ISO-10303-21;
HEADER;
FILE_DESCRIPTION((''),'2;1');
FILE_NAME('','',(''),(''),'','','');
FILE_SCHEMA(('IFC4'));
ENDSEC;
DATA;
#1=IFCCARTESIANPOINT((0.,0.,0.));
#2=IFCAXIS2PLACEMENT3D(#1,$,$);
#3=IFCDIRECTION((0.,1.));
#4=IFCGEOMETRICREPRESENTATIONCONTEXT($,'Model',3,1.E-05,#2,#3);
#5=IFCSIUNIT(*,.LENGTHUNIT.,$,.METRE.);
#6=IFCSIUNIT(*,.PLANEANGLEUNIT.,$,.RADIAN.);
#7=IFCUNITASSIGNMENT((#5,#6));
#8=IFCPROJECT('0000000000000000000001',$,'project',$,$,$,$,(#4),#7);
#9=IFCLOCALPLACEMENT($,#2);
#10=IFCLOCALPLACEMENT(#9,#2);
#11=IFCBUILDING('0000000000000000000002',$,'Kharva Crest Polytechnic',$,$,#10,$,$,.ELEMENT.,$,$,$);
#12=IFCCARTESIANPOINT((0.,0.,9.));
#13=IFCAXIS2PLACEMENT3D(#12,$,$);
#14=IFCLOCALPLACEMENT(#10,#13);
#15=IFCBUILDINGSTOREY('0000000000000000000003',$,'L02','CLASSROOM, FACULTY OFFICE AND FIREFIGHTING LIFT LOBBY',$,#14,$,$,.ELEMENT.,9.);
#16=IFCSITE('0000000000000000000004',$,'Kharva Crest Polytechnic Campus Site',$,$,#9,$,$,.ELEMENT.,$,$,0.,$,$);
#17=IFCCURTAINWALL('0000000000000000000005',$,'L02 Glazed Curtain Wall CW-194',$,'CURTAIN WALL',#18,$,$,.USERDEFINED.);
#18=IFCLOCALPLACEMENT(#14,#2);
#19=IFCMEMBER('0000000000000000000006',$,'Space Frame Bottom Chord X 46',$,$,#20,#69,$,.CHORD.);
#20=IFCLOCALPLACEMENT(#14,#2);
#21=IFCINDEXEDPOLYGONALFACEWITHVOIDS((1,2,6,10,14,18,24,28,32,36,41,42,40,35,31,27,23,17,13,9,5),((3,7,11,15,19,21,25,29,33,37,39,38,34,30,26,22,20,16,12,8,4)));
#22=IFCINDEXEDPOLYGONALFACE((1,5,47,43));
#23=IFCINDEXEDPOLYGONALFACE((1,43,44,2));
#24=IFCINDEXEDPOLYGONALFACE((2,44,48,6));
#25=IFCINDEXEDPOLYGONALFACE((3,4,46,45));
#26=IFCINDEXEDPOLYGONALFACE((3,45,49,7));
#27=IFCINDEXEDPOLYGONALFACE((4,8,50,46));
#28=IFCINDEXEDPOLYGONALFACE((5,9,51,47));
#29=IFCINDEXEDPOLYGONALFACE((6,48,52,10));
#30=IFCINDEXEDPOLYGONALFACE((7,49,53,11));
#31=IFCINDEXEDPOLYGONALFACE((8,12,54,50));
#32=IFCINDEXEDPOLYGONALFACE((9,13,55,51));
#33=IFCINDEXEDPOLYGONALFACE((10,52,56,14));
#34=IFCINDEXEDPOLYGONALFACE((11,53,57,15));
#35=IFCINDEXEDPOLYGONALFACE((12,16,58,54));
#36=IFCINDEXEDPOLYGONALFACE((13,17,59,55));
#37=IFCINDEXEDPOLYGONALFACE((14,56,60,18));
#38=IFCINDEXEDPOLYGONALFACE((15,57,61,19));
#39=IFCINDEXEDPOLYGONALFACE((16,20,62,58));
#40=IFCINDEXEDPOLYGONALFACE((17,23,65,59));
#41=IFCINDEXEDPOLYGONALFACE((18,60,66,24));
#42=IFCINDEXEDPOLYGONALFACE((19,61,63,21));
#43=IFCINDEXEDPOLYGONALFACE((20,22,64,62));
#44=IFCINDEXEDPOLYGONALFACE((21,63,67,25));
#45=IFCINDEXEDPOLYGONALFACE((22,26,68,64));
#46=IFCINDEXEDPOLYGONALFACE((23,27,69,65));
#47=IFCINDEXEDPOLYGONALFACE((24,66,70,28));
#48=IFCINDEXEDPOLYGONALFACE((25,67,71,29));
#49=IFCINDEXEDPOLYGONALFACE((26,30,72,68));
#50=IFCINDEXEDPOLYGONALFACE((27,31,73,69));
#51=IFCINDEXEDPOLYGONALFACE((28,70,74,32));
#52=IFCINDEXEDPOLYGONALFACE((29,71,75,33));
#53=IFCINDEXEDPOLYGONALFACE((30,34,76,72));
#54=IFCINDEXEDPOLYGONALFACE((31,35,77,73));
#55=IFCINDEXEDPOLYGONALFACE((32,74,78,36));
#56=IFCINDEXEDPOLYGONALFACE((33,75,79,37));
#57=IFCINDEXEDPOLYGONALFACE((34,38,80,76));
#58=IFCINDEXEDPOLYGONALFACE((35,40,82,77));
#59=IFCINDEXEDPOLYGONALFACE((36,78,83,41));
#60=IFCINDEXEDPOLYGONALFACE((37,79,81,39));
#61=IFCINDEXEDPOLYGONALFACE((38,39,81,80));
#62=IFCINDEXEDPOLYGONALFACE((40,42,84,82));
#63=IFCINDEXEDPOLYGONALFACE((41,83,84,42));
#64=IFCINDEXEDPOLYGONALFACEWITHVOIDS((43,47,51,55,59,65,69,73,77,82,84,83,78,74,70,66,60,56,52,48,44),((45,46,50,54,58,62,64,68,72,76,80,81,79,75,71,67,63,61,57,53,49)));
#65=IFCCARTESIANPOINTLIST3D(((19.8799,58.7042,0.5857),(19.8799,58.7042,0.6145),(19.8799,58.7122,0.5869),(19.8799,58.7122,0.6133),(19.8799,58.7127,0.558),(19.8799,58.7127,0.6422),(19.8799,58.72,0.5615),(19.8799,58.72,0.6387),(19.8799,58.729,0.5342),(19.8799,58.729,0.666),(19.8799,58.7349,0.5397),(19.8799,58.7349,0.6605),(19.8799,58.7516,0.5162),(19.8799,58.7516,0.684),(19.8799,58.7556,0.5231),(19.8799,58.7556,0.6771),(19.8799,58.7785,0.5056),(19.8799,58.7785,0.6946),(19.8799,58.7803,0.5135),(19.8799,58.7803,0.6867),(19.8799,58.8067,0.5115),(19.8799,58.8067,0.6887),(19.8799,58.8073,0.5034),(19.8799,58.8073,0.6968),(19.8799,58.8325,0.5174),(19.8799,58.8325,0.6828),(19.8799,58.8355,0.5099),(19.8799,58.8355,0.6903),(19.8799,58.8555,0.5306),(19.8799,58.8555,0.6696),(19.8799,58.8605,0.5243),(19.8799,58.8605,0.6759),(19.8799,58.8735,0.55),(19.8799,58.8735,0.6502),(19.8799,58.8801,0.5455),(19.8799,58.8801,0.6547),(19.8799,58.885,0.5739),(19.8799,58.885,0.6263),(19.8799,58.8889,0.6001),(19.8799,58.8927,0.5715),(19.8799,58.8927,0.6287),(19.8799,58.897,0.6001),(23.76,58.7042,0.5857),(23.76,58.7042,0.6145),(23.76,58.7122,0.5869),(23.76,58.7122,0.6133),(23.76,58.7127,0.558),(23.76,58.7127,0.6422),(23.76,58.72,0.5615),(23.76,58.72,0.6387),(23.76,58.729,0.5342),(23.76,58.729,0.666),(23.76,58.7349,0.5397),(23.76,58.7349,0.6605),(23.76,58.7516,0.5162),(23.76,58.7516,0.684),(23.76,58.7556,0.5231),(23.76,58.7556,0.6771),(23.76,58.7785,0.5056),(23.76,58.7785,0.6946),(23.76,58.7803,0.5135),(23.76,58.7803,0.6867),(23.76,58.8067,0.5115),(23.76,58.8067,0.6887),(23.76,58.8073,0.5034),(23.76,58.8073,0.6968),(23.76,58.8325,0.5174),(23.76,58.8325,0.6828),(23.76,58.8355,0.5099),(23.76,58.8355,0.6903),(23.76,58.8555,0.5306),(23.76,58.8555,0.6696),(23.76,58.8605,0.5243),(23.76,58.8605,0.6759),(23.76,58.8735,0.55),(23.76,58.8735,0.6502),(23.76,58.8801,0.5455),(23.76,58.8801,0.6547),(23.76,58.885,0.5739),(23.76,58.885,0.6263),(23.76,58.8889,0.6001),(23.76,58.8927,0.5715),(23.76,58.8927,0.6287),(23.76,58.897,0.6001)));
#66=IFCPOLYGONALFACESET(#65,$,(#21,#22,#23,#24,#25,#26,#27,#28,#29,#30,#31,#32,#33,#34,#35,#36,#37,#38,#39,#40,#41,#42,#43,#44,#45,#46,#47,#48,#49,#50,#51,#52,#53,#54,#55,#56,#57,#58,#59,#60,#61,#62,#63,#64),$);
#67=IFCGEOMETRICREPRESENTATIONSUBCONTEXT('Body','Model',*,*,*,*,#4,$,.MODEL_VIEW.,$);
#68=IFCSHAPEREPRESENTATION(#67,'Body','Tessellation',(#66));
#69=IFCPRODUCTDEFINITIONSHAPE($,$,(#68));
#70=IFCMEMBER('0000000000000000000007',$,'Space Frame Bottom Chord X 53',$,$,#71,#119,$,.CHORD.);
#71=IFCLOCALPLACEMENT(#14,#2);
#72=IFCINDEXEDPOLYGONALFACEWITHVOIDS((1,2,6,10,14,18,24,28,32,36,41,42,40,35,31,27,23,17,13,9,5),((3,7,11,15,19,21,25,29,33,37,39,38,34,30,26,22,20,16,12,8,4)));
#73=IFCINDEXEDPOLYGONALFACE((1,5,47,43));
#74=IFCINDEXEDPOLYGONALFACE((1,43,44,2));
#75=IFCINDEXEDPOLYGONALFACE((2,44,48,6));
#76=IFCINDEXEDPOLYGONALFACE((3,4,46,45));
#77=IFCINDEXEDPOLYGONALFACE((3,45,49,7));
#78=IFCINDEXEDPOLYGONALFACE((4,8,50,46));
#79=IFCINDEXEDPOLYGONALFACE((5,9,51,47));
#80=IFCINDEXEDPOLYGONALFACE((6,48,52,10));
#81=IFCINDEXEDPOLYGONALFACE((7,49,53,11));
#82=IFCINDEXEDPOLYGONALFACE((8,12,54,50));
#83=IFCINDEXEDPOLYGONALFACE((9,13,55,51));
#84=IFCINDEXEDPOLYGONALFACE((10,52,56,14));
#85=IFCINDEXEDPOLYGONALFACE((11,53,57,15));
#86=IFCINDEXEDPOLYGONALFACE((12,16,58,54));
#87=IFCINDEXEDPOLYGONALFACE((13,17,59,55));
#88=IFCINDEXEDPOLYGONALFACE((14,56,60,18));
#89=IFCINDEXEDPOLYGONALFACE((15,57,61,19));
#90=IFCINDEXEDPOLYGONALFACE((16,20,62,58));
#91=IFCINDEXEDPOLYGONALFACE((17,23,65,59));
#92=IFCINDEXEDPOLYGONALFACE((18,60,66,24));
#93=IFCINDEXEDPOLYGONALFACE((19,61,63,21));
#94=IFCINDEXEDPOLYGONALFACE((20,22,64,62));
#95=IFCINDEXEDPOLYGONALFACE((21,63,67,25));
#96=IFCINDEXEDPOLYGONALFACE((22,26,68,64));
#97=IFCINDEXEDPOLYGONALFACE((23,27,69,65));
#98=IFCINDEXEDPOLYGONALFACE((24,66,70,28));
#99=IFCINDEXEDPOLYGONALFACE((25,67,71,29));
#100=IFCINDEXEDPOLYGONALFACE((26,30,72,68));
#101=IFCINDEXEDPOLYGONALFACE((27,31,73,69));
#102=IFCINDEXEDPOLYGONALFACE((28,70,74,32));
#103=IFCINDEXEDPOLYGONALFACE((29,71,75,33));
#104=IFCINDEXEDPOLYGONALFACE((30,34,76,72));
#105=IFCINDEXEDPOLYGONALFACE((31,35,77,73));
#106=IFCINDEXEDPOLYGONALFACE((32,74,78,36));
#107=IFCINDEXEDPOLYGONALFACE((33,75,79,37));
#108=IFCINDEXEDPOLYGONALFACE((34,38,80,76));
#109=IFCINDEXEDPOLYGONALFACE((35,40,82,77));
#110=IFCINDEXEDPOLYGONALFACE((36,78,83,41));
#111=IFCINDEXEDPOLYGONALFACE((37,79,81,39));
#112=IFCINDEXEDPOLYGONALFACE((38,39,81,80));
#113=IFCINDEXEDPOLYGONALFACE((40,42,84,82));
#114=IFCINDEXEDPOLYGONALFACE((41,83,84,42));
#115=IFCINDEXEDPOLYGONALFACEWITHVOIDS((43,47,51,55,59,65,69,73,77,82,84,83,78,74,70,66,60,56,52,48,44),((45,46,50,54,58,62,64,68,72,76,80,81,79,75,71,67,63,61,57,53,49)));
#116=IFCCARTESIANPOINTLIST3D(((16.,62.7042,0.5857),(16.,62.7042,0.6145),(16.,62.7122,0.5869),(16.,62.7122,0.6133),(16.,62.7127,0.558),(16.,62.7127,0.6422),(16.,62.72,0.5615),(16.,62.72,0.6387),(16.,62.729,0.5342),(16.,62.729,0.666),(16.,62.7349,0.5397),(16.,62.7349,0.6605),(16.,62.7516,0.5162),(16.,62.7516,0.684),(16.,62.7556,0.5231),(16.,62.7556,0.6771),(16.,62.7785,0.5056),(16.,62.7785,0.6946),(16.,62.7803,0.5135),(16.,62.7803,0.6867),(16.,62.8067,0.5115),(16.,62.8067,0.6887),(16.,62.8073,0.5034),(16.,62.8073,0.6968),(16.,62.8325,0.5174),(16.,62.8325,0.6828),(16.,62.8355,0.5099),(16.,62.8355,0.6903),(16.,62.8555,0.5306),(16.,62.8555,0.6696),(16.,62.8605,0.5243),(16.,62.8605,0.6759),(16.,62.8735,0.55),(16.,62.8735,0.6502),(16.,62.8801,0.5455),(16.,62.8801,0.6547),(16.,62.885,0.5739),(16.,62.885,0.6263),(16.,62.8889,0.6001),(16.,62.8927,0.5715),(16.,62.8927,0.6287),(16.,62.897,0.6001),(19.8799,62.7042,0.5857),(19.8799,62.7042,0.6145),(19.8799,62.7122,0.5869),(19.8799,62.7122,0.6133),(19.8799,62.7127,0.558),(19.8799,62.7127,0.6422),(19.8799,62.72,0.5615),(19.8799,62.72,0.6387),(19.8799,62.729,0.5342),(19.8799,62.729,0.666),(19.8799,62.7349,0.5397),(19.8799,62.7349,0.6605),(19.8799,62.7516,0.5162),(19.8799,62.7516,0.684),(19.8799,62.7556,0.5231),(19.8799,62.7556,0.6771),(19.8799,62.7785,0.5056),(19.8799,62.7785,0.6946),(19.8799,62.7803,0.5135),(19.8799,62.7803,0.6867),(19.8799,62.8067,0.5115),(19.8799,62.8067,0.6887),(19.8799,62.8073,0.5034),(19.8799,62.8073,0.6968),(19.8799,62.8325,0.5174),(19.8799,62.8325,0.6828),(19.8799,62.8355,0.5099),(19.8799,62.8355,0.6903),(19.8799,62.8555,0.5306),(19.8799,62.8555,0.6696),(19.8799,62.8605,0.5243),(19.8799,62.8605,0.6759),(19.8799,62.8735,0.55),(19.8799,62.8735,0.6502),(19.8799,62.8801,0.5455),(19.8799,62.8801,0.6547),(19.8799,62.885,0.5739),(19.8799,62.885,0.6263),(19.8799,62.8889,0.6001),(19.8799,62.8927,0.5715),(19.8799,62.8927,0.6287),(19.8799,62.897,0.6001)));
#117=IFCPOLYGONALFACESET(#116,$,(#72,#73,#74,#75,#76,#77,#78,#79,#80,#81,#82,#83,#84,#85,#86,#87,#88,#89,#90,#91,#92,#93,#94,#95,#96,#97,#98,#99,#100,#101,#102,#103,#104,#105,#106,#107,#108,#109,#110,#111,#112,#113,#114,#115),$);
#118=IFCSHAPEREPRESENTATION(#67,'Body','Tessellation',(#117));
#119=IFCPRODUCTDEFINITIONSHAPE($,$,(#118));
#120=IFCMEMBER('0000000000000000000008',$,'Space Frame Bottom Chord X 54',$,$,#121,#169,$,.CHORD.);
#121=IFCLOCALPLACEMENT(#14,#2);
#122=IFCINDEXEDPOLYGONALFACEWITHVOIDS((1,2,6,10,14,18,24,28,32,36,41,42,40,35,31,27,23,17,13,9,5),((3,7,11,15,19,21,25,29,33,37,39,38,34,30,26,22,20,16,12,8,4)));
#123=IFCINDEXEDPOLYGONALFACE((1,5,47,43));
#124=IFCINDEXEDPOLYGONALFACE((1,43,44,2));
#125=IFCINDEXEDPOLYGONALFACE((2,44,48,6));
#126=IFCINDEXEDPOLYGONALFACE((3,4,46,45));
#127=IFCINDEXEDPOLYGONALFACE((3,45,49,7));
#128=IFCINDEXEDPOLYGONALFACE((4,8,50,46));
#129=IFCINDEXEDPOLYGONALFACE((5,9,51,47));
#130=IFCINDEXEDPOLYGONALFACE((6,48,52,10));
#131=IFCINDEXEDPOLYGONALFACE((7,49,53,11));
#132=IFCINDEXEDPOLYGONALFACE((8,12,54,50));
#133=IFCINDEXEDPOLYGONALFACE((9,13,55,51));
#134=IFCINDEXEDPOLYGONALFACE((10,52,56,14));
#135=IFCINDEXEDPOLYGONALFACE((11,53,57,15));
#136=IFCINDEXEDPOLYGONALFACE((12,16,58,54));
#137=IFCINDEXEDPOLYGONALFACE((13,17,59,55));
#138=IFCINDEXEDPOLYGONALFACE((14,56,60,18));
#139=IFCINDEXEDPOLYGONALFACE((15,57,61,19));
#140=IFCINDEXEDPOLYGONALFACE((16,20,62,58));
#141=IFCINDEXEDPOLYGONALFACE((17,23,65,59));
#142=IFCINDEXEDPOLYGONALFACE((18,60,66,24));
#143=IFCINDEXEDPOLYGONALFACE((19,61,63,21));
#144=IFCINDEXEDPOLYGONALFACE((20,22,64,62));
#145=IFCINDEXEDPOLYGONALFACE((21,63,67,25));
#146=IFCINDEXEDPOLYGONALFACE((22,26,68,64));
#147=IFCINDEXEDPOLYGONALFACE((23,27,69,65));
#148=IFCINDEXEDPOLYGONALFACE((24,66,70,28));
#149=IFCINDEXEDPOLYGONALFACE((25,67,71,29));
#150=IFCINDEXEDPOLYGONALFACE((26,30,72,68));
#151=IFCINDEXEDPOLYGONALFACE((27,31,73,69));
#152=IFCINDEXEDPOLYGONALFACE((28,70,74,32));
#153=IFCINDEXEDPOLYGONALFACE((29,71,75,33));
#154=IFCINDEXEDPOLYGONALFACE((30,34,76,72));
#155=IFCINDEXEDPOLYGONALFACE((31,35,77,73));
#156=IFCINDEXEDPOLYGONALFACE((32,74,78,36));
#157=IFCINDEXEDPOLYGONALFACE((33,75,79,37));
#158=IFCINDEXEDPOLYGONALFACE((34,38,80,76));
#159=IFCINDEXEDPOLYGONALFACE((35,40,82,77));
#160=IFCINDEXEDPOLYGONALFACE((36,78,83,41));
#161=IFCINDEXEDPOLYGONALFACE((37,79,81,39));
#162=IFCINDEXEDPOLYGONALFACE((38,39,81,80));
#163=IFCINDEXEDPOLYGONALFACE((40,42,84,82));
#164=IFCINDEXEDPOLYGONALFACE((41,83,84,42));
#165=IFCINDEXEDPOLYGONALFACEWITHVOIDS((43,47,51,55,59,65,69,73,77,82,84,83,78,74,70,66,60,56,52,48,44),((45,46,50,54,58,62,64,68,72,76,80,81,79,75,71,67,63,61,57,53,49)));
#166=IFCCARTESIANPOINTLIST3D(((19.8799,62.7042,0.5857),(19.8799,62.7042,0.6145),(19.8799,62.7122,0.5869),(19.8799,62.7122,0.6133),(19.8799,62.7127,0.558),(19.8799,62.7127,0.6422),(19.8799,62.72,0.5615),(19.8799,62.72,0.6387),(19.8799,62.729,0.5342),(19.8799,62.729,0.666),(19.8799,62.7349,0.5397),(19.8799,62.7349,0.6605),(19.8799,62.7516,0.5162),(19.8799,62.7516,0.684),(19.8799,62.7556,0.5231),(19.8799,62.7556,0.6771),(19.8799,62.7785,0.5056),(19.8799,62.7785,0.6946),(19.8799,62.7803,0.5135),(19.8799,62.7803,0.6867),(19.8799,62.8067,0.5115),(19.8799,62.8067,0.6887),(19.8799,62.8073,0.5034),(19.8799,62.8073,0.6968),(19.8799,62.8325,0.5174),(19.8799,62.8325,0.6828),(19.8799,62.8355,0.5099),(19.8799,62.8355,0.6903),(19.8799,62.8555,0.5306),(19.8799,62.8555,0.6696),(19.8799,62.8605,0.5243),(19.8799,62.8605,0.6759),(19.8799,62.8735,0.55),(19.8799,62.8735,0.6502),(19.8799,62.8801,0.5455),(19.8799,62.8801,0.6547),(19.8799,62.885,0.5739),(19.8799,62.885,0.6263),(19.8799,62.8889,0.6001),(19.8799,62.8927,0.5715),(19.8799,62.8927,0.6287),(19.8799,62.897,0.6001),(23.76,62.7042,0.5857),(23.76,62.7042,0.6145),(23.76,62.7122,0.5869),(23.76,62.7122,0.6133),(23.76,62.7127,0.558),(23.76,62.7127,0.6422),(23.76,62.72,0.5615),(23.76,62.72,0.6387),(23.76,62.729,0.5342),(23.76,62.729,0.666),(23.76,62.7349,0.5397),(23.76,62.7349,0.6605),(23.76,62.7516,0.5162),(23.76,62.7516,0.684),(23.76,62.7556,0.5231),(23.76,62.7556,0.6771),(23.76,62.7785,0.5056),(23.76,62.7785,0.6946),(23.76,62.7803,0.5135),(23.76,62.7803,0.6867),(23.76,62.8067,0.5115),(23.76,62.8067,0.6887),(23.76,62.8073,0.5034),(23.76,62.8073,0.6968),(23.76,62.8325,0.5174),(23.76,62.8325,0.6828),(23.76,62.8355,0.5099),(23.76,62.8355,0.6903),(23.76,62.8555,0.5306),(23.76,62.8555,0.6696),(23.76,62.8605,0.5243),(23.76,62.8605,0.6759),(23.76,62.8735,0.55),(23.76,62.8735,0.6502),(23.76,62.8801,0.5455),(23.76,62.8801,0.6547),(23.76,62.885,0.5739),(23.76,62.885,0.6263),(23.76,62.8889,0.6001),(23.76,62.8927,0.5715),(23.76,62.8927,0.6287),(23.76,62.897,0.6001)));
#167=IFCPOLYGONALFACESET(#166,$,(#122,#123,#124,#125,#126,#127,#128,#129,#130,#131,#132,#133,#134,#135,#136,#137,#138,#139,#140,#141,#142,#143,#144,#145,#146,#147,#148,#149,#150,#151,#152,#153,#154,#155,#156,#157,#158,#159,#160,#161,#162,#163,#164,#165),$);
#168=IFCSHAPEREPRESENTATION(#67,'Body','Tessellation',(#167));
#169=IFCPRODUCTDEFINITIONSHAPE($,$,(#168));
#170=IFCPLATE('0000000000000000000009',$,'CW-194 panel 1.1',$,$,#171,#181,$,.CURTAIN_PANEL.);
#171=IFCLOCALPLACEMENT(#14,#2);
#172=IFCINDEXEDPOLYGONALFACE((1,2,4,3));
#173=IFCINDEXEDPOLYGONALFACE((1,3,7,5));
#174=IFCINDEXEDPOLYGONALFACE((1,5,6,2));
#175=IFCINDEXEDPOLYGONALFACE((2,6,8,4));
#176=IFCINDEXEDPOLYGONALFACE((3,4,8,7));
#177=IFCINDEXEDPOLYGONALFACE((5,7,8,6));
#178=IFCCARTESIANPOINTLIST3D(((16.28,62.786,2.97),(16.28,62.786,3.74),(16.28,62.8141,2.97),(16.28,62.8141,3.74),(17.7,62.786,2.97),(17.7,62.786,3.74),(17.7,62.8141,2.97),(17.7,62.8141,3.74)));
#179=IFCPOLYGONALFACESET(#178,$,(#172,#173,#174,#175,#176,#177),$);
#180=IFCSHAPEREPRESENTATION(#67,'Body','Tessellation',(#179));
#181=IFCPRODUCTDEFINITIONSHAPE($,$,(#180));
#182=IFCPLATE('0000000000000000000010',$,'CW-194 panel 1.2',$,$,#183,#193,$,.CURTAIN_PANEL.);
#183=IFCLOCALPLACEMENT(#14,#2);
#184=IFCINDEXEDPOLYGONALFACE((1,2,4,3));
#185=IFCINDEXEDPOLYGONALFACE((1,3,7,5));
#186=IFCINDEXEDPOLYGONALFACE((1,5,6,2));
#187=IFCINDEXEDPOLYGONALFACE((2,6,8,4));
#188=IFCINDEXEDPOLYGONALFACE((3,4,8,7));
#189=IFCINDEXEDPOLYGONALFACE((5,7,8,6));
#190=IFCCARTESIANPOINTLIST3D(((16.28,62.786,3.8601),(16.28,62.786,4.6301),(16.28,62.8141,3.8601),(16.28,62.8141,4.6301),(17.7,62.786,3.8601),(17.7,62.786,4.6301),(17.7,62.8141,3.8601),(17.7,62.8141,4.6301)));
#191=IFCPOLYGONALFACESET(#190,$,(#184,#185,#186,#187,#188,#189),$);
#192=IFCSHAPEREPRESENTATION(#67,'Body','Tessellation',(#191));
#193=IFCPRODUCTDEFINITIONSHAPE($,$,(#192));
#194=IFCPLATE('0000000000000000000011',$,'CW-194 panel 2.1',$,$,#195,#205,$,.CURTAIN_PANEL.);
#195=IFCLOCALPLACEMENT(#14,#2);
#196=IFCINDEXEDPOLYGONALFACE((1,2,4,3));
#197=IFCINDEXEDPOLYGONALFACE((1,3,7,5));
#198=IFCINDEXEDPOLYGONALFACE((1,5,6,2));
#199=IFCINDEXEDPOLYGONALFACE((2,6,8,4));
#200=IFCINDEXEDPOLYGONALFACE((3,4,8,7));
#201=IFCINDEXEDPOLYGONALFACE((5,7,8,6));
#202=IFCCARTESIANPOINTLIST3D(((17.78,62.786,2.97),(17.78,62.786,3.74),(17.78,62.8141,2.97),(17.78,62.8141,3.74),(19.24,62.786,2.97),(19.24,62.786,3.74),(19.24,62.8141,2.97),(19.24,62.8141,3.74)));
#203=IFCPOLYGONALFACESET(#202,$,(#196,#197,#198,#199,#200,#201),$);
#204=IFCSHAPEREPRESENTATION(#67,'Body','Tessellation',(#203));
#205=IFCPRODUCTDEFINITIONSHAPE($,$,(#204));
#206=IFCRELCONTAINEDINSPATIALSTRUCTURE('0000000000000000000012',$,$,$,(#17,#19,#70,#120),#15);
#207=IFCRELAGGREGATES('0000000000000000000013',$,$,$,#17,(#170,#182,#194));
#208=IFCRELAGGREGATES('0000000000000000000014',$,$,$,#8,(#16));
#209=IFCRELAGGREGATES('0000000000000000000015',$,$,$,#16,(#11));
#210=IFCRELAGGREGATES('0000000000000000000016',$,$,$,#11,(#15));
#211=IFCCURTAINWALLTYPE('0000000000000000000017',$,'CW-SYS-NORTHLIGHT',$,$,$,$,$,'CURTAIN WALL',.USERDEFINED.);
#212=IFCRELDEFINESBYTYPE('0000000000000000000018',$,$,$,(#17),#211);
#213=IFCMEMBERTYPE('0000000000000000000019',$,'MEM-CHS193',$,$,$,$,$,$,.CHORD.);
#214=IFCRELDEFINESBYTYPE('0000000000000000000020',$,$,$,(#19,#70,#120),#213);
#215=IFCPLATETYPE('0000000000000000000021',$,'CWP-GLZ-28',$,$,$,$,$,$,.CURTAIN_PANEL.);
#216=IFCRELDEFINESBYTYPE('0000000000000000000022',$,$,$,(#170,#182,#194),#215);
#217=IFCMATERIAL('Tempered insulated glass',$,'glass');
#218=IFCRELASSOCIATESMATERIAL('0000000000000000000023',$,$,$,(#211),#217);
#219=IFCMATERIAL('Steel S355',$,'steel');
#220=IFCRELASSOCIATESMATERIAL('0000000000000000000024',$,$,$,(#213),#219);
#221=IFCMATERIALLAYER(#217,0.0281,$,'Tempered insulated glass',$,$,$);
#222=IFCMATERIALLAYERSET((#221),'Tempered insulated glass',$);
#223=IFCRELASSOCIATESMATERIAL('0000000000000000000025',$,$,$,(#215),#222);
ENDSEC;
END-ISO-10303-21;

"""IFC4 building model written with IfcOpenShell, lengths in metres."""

from ifc_helpers import new_model, si_unit, direction, frame, origin, origin_2d, place, context, subcontext, project, spatial, rectangle, hollow_circle, extrude, material, layer, layer_set, material_profile, profile_set, type_object, element, aggregate, save


model = new_model("IFC4")

# Units and contexts
model_context = context("Model", 3, precision=1e-05, world=origin(), true_north=direction((0.0, 1.0)))
body_context = subcontext(model_context, "Body", "Model", "MODEL_VIEW")
ifc_project = project(units=[si_unit("LENGTHUNIT", "METRE"), si_unit("PLANEANGLEUNIT", "RADIAN")], contexts=[model_context])

# Site, building, storey
site_placement = place(None, origin())
site = spatial("IfcSite", under=ifc_project, at=site_placement, Name="Kharva Crest Polytechnic Campus Site", CompositionType="ELEMENT", RefElevation=0.0)
building_placement = place(site_placement, origin())
building = spatial("IfcBuilding", under=site, at=building_placement, Name="Kharva Crest Polytechnic", CompositionType="ELEMENT")
storey_placement = place(building_placement, frame((0.0, 0.0, 9.0)))
storey = spatial("IfcBuildingStorey", under=building, at=storey_placement, Name="L02", Description="CLASSROOM, FACULTY OFFICE AND FIREFIGHTING LIFT LOBBY", CompositionType="ELEMENT", Elevation=9.0)

# Curtain wall
ifc_material_1 = material(Name="Tempered insulated glass", Category="glass")
curtain_wall_type = type_object("IfcCurtainWallType", Name="CW-SYS-NORTHLIGHT", ElementType="CURTAIN WALL", PredefinedType="USERDEFINED", material=ifc_material_1)
curtain_wall_placement = place(storey_placement, origin())
curtain_wall = element("IfcCurtainWall", 1, at=curtain_wall_placement, inside=storey, type_object=curtain_wall_type, Name="L02 Glazed Curtain Wall CW-194", ObjectType="CURTAIN WALL", PredefinedType="USERDEFINED")
ifc_material_2 = material(Name="Steel S355", Category="steel")

# Members
ifc_material_profile_1 = material_profile(ifc_material_2, hollow_circle(Radius=0.0969, WallThickness=0.0081, at=origin_2d()), Name="CHS 193.7X8.0")
ifc_profile_set_1 = profile_set([ifc_material_profile_1], Name="Steel S355")
member_type_1 = type_object("IfcMemberType", Name="MEM-CHS193", PredefinedType="CHORD", material=ifc_profile_set_1)
member_1_placement = place(storey_placement, frame((19.8799, 58.8, 0.6001), z_axis=(1.0, 0.0, 0.0), x_axis=(0.0, 1.0, 0.0)))
element("IfcMember", 2, at=member_1_placement, inside=storey, type_object=member_type_1, Name="Space Frame Bottom Chord X 46", PredefinedType="CHORD", context=body_context, shape_type="SweptSolid", body=[
    extrude(hollow_circle(Radius=0.0969, WallThickness=0.0081, at=origin_2d()), origin(), (0.0, 0.0, 1.0), 3.8801),
])
member_2_placement = place(storey_placement, frame((16.0, 62.8, 0.6001), z_axis=(1.0, 0.0, 0.0), x_axis=(0.0, 1.0, 0.0)))
element("IfcMember", 3, at=member_2_placement, inside=storey, type_object=member_type_1, Name="Space Frame Bottom Chord X 53", PredefinedType="CHORD", context=body_context, shape_type="SweptSolid", body=[
    extrude(hollow_circle(Radius=0.0969, WallThickness=0.0081, at=origin_2d()), origin(), (0.0, 0.0, 1.0), 3.8799),
])
member_3_placement = place(storey_placement, frame((19.8799, 62.8, 0.6001), z_axis=(1.0, 0.0, 0.0), x_axis=(0.0, 1.0, 0.0)))
element("IfcMember", 4, at=member_3_placement, inside=storey, type_object=member_type_1, Name="Space Frame Bottom Chord X 54", PredefinedType="CHORD", context=body_context, shape_type="SweptSolid", body=[
    extrude(hollow_circle(Radius=0.0969, WallThickness=0.0081, at=origin_2d()), origin(), (0.0, 0.0, 1.0), 3.8801),
])

# Plates
ifc_layer = layer(ifc_material_1, 0.0281, Name="Tempered insulated glass")
ifc_layer_set = layer_set([ifc_layer], Name="Tempered insulated glass")
plate_type = type_object("IfcPlateType", Name="CWP-GLZ-28", PredefinedType="CURTAIN_PANEL", material=ifc_layer_set)
plate_1_placement = place(storey_placement, frame((16.99, 62.8, 2.97), z_axis=(0.0, 0.0, 1.0), x_axis=(1.0, 0.0, 0.0)))
plate_1 = element("IfcPlate", 5, at=plate_1_placement, type_object=plate_type, Name="CW-194 panel 1.1", PredefinedType="CURTAIN_PANEL", context=body_context, shape_type="SweptSolid", body=[
    extrude(rectangle(XDim=1.4199, YDim=0.0281, at=origin_2d()), origin(), (0.0, 0.0, 1.0), 0.77),
])
plate_2_placement = place(storey_placement, frame((16.99, 62.8, 3.8601), z_axis=(0.0, 0.0, 1.0), x_axis=(1.0, 0.0, 0.0)))
plate_2 = element("IfcPlate", 6, at=plate_2_placement, type_object=plate_type, Name="CW-194 panel 1.2", PredefinedType="CURTAIN_PANEL", context=body_context, shape_type="SweptSolid", body=[
    extrude(rectangle(XDim=1.4199, YDim=0.0281, at=origin_2d()), origin(), (0.0, 0.0, 1.0), 0.77),
])
plate_3_placement = place(storey_placement, frame((18.51, 62.8, 2.97), z_axis=(0.0, 0.0, 1.0), x_axis=(1.0, 0.0, 0.0)))
plate_3 = element("IfcPlate", 7, at=plate_3_placement, type_object=plate_type, Name="CW-194 panel 2.1", PredefinedType="CURTAIN_PANEL", context=body_context, shape_type="SweptSolid", body=[
    extrude(rectangle(XDim=1.46, YDim=0.0281, at=origin_2d()), origin(), (0.0, 0.0, 1.0), 0.77),
])
aggregate(curtain_wall, [plate_1, plate_2, plate_3])

save(model, "model.ifc")
